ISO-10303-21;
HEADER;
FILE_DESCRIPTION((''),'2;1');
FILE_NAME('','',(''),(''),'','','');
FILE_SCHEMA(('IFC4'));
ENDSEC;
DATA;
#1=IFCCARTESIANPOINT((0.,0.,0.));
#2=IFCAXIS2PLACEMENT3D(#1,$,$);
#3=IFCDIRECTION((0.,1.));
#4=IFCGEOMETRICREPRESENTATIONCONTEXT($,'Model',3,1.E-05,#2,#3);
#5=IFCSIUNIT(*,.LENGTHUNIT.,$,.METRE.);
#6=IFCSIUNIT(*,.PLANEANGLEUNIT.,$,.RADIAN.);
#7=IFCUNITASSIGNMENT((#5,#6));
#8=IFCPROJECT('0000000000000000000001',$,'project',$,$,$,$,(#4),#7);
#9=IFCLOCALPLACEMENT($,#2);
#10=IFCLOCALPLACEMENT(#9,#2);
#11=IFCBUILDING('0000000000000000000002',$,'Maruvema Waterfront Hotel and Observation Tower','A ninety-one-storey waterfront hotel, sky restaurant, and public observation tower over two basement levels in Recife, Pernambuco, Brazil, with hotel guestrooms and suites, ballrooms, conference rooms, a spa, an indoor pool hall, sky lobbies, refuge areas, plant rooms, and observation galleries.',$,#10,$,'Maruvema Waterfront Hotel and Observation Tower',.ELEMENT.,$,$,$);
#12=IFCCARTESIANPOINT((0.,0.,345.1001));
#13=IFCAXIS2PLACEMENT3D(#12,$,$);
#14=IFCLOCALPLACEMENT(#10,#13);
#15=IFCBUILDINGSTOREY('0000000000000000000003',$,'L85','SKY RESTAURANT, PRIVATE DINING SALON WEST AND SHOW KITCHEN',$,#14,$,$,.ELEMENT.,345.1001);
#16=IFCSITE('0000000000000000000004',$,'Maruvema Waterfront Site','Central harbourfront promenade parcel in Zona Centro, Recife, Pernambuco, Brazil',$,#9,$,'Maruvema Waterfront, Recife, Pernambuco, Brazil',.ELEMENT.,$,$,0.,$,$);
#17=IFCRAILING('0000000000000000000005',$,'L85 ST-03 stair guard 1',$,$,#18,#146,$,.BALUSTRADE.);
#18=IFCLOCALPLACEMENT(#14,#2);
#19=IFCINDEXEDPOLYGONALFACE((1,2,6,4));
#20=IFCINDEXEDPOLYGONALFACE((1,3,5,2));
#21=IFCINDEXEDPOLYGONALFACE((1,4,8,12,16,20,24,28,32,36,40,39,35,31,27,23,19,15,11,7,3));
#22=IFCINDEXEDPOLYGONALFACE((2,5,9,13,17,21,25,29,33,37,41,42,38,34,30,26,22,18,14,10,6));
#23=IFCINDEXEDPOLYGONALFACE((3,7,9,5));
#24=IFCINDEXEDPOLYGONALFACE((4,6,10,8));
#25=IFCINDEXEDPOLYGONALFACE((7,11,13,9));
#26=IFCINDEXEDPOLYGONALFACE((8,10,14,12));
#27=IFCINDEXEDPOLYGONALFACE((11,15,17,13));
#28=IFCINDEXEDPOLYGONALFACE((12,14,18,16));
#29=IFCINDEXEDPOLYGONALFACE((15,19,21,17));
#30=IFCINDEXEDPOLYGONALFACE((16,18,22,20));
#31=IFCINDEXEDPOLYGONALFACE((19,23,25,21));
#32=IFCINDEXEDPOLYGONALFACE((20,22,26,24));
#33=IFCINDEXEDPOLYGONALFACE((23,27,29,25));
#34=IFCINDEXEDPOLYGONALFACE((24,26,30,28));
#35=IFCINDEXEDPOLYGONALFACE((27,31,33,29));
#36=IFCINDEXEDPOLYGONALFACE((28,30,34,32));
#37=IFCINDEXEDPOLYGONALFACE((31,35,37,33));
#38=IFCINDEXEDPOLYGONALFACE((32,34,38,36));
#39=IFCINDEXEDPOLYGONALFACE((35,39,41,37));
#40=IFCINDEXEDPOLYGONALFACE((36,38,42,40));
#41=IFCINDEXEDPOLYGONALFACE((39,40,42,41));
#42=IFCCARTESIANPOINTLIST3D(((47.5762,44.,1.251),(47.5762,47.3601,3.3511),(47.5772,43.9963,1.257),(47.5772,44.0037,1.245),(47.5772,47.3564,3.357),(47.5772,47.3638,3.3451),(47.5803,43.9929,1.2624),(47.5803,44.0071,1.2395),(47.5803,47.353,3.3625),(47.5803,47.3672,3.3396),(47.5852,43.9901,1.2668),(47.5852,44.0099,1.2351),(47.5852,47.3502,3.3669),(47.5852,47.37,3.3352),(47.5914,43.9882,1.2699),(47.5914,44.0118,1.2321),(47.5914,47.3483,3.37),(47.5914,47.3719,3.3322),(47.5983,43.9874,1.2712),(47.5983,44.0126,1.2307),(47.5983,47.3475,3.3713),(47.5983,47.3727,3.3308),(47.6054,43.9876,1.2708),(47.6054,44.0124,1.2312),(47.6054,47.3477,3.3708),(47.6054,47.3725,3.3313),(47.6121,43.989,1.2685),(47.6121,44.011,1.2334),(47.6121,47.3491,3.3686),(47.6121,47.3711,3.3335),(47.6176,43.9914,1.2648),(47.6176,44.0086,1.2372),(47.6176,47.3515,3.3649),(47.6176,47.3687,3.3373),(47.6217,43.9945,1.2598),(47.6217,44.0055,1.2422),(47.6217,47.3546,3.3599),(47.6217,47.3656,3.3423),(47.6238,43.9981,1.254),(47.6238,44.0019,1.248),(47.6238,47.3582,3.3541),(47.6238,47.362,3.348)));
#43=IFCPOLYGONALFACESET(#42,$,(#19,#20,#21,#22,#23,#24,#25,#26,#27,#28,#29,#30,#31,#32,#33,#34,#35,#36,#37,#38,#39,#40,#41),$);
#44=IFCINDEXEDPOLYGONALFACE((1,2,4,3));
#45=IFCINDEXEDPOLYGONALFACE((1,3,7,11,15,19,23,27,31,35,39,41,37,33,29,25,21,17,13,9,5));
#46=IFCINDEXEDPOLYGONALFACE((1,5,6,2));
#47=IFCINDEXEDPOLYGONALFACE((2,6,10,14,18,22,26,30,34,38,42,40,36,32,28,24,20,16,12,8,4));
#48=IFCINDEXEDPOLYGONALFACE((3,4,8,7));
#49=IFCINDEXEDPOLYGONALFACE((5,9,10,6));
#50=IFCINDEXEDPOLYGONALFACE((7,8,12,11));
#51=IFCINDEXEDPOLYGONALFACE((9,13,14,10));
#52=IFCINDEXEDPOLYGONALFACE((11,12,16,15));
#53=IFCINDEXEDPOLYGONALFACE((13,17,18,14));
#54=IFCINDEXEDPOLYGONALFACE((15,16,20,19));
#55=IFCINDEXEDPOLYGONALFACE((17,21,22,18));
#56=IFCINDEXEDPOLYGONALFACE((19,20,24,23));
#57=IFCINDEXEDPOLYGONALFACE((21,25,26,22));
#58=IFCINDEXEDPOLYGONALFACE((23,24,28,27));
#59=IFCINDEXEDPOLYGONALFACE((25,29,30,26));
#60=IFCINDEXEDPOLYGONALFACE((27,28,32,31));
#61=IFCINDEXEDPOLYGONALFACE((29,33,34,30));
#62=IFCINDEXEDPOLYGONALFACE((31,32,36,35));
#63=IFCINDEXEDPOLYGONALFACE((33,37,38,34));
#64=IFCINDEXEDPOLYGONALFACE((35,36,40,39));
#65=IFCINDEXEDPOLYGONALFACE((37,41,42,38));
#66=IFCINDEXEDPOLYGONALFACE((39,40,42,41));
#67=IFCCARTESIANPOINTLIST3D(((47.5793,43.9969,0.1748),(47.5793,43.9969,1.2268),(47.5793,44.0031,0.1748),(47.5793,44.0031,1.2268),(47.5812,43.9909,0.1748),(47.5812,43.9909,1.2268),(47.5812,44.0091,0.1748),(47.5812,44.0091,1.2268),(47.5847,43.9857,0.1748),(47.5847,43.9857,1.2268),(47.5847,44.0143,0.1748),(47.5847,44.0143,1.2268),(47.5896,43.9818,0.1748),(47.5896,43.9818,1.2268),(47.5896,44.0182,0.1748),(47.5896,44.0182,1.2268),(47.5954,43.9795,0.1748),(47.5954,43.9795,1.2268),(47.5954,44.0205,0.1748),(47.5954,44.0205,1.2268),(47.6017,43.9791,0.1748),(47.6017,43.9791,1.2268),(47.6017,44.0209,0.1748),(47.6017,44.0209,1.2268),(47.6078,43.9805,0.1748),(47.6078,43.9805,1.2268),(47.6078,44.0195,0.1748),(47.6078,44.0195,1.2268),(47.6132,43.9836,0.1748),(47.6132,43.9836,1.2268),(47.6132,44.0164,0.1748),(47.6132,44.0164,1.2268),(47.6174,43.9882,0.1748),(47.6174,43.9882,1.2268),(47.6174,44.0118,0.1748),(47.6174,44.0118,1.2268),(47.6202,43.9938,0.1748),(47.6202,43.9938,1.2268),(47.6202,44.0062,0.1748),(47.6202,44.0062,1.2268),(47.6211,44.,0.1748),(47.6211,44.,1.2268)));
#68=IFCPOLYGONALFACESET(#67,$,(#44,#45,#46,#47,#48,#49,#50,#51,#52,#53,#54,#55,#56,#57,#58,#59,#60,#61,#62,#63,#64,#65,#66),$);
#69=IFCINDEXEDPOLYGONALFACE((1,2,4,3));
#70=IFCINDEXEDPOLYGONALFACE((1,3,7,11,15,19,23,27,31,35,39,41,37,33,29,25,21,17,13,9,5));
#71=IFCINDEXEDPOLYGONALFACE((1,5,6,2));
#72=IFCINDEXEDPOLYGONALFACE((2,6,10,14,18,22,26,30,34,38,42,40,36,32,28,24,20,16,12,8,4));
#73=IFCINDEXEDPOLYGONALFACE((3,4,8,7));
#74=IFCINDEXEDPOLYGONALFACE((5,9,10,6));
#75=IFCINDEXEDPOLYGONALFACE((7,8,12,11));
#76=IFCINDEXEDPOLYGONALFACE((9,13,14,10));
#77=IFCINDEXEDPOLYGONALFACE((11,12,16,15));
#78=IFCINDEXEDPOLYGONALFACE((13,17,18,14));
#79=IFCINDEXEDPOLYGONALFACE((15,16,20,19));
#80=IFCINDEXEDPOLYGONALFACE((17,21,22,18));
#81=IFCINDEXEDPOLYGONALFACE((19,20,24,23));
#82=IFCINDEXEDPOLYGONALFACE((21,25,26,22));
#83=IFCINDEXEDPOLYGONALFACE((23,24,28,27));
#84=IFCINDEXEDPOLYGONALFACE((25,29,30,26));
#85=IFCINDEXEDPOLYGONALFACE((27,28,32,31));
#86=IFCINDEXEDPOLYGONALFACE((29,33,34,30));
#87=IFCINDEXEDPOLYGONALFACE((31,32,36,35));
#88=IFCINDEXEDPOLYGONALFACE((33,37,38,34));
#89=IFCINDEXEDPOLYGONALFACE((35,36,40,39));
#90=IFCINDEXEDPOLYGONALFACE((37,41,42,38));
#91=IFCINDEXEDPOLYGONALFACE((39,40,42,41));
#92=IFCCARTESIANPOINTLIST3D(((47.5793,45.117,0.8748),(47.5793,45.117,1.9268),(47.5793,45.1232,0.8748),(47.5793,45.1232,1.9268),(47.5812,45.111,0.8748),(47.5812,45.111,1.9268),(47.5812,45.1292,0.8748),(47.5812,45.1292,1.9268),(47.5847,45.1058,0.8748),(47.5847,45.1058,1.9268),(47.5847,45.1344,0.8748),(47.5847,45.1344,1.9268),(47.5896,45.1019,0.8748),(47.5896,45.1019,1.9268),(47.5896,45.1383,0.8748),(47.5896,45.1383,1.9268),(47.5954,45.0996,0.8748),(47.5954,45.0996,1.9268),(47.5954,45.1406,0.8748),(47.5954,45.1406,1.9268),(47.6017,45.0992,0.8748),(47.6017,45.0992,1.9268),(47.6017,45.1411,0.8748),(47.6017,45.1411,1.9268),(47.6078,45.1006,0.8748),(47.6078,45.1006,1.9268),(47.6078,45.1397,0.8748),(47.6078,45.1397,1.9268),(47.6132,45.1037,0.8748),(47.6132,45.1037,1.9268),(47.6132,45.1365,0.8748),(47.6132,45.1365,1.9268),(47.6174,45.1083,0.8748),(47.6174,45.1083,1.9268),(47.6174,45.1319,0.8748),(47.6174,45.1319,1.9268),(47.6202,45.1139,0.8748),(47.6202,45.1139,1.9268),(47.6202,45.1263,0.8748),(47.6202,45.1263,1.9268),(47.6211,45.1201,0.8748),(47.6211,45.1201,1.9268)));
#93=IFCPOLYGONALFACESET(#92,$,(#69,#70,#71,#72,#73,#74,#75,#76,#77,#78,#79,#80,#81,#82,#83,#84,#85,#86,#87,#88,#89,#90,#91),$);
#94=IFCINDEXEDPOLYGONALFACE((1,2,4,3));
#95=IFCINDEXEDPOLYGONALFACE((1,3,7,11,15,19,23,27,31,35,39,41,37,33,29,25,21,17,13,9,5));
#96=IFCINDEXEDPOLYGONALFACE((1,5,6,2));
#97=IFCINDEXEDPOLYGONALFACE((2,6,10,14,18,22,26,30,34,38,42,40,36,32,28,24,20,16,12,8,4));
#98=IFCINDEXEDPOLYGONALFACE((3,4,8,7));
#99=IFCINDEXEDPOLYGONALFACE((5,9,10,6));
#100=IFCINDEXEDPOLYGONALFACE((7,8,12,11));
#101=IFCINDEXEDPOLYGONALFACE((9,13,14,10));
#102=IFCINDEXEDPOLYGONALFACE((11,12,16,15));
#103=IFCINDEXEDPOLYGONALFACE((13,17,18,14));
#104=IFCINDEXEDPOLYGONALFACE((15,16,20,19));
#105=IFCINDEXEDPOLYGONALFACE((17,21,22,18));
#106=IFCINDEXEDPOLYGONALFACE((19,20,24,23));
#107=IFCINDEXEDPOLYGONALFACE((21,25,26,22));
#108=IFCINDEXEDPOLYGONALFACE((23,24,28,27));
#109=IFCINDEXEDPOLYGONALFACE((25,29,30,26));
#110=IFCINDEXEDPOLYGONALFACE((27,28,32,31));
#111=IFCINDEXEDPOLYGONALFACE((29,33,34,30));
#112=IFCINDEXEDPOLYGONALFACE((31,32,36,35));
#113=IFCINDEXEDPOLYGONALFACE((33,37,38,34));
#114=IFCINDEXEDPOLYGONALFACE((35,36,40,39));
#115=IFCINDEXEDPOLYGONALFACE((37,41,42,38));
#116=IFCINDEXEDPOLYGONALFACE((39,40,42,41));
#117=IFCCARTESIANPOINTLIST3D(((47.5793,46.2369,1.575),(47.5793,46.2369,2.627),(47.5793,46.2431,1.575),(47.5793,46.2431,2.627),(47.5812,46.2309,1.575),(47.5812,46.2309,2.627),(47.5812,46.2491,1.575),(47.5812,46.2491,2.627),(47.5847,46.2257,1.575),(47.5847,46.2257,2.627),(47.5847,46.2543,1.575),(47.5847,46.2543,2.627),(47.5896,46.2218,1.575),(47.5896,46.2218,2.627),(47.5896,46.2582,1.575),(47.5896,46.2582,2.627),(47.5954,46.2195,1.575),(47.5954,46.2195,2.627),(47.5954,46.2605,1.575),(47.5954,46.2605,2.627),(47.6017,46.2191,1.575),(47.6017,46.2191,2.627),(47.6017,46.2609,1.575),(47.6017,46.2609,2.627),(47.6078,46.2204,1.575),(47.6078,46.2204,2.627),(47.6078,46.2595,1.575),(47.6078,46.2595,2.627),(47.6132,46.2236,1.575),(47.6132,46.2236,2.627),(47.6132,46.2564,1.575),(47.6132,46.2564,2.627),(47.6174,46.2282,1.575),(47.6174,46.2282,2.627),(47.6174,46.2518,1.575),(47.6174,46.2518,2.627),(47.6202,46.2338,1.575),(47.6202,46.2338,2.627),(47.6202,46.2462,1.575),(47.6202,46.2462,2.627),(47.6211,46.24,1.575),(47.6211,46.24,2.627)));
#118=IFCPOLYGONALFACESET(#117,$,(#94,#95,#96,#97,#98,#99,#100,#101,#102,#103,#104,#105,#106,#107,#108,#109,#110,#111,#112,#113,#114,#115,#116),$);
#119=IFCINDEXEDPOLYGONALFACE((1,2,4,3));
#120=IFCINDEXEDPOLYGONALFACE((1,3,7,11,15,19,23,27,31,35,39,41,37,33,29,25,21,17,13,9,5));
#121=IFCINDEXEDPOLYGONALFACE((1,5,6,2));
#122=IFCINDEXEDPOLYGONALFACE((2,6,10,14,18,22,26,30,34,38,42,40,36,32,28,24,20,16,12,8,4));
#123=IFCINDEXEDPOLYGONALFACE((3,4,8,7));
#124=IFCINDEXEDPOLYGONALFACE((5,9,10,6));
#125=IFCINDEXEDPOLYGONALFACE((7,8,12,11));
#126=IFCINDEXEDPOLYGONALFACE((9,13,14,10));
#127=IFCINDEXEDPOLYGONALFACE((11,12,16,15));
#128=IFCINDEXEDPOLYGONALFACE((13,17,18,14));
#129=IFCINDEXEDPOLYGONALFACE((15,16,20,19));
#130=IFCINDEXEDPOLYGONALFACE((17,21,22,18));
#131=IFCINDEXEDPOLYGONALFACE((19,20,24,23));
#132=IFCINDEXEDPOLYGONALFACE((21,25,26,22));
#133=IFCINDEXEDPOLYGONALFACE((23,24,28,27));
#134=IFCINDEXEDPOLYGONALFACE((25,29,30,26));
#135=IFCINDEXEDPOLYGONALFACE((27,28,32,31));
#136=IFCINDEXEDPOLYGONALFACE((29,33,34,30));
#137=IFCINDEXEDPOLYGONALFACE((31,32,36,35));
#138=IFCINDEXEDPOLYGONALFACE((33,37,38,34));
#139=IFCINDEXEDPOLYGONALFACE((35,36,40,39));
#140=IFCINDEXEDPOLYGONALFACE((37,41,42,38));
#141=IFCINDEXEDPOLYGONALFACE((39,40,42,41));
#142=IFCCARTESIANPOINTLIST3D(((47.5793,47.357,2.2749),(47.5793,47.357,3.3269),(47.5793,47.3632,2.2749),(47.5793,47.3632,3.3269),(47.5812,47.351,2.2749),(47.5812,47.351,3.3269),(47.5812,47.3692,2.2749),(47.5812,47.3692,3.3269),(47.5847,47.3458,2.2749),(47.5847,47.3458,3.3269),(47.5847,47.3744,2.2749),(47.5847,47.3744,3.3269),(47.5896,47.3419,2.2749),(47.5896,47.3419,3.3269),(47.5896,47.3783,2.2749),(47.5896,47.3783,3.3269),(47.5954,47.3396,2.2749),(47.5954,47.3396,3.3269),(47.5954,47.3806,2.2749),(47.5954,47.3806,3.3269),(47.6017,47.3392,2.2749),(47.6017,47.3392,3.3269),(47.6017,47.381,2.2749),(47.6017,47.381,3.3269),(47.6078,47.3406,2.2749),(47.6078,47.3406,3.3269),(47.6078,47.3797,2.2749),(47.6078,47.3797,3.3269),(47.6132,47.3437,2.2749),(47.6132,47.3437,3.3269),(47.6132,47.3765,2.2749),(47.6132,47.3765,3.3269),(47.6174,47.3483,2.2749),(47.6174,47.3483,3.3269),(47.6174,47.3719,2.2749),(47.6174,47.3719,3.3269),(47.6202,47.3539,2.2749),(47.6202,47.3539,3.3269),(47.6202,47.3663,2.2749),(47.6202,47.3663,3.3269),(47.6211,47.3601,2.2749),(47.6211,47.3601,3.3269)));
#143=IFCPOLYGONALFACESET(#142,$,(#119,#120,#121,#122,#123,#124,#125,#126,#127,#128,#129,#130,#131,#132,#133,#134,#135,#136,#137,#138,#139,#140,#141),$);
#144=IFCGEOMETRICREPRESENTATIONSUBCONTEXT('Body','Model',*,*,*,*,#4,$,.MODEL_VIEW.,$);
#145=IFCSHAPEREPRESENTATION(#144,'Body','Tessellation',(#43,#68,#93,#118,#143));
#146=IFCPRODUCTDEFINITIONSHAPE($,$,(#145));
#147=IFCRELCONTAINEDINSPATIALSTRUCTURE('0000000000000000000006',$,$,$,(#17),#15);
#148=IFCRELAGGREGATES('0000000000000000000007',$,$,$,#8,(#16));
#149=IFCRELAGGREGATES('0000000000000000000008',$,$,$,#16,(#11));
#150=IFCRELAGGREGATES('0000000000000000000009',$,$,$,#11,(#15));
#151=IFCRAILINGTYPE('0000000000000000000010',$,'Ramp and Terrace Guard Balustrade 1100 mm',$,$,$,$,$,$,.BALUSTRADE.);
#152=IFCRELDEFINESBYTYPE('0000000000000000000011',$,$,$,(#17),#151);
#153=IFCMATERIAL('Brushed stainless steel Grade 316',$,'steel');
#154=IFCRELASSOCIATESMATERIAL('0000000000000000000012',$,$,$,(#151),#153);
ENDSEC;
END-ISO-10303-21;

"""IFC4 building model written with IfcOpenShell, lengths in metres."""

from ifc_helpers import new_model, si_unit, direction, frame, origin, origin_2d, place, context, subcontext, project, spatial, circle, extrude, material, type_object, element, save


model = new_model("IFC4")

# Units and contexts
model_context = context("Model", 3, precision=1e-05, world=origin(), true_north=direction((0.0, 1.0)))
body_context = subcontext(model_context, "Body", "Model", "MODEL_VIEW")
ifc_project = project(units=[si_unit("LENGTHUNIT", "METRE"), si_unit("PLANEANGLEUNIT", "RADIAN")], contexts=[model_context])

# Site, building, storey
site_placement = place(None, origin())
site = spatial("IfcSite", under=ifc_project, at=site_placement, Name="Maruvema Waterfront Site", Description="Central harbourfront promenade parcel in Zona Centro, Recife, Pernambuco, Brazil", LongName="Maruvema Waterfront, Recife, Pernambuco, Brazil", CompositionType="ELEMENT", RefElevation=0.0)
building_placement = place(site_placement, origin())
building = spatial("IfcBuilding", under=site, at=building_placement, Name="Maruvema Waterfront Hotel and Observation Tower", Description="A ninety-one-storey waterfront hotel, sky restaurant, and public observation tower over two basement levels in Recife, Pernambuco, Brazil, with hotel guestrooms and suites, ballrooms, conference rooms, a spa, an indoor pool hall, sky lobbies, refuge areas, plant rooms, and observation galleries.", LongName="Maruvema Waterfront Hotel and Observation Tower", CompositionType="ELEMENT")
storey_placement = place(building_placement, frame((0.0, 0.0, 345.1001)))
storey = spatial("IfcBuildingStorey", under=building, at=storey_placement, Name="L85", Description="SKY RESTAURANT, PRIVATE DINING SALON WEST AND SHOW KITCHEN", CompositionType="ELEMENT", Elevation=345.1001)

# Railing
ifc_material_1 = material(Name="Brushed stainless steel Grade 316", Category="steel")
railing_type_1 = type_object("IfcRailingType", Name="Ramp and Terrace Guard Balustrade 1100 mm", PredefinedType="BALUSTRADE", material=ifc_material_1)
railing_1_placement = place(storey_placement, frame((47.6001, 44.0, 0.1748)))
element("IfcRailing", 1, at=railing_1_placement, inside=storey, type_object=railing_type_1, Name="L85 ST-03 stair guard 1", PredefinedType="BALUSTRADE", context=body_context, shape_type="SweptSolid", body=[
    extrude(circle(Radius=0.0239, at=origin_2d()), frame((0.0, 0.0, 1.0762), z_axis=(0.0, 0.847995, 0.530004), x_axis=(-1.0, 0.0, 0.0)), (0.0, 0.0, 1.0), 3.9624),
    extrude(circle(Radius=0.021, at=origin_2d()), origin(), (0.0, 0.0, 1.0), 1.052),
    extrude(circle(Radius=0.021, at=origin_2d()), frame((0.0, 1.1201, 0.7)), (0.0, 0.0, 1.0), 1.052),
    extrude(circle(Radius=0.021, at=origin_2d()), frame((0.0, 2.24, 1.4001)), (0.0, 0.0, 1.0), 1.052),
    extrude(circle(Radius=0.021, at=origin_2d()), frame((0.0, 3.3601, 2.1001)), (0.0, 0.0, 1.0), 1.052),
])

save(model, "model.ifc")
